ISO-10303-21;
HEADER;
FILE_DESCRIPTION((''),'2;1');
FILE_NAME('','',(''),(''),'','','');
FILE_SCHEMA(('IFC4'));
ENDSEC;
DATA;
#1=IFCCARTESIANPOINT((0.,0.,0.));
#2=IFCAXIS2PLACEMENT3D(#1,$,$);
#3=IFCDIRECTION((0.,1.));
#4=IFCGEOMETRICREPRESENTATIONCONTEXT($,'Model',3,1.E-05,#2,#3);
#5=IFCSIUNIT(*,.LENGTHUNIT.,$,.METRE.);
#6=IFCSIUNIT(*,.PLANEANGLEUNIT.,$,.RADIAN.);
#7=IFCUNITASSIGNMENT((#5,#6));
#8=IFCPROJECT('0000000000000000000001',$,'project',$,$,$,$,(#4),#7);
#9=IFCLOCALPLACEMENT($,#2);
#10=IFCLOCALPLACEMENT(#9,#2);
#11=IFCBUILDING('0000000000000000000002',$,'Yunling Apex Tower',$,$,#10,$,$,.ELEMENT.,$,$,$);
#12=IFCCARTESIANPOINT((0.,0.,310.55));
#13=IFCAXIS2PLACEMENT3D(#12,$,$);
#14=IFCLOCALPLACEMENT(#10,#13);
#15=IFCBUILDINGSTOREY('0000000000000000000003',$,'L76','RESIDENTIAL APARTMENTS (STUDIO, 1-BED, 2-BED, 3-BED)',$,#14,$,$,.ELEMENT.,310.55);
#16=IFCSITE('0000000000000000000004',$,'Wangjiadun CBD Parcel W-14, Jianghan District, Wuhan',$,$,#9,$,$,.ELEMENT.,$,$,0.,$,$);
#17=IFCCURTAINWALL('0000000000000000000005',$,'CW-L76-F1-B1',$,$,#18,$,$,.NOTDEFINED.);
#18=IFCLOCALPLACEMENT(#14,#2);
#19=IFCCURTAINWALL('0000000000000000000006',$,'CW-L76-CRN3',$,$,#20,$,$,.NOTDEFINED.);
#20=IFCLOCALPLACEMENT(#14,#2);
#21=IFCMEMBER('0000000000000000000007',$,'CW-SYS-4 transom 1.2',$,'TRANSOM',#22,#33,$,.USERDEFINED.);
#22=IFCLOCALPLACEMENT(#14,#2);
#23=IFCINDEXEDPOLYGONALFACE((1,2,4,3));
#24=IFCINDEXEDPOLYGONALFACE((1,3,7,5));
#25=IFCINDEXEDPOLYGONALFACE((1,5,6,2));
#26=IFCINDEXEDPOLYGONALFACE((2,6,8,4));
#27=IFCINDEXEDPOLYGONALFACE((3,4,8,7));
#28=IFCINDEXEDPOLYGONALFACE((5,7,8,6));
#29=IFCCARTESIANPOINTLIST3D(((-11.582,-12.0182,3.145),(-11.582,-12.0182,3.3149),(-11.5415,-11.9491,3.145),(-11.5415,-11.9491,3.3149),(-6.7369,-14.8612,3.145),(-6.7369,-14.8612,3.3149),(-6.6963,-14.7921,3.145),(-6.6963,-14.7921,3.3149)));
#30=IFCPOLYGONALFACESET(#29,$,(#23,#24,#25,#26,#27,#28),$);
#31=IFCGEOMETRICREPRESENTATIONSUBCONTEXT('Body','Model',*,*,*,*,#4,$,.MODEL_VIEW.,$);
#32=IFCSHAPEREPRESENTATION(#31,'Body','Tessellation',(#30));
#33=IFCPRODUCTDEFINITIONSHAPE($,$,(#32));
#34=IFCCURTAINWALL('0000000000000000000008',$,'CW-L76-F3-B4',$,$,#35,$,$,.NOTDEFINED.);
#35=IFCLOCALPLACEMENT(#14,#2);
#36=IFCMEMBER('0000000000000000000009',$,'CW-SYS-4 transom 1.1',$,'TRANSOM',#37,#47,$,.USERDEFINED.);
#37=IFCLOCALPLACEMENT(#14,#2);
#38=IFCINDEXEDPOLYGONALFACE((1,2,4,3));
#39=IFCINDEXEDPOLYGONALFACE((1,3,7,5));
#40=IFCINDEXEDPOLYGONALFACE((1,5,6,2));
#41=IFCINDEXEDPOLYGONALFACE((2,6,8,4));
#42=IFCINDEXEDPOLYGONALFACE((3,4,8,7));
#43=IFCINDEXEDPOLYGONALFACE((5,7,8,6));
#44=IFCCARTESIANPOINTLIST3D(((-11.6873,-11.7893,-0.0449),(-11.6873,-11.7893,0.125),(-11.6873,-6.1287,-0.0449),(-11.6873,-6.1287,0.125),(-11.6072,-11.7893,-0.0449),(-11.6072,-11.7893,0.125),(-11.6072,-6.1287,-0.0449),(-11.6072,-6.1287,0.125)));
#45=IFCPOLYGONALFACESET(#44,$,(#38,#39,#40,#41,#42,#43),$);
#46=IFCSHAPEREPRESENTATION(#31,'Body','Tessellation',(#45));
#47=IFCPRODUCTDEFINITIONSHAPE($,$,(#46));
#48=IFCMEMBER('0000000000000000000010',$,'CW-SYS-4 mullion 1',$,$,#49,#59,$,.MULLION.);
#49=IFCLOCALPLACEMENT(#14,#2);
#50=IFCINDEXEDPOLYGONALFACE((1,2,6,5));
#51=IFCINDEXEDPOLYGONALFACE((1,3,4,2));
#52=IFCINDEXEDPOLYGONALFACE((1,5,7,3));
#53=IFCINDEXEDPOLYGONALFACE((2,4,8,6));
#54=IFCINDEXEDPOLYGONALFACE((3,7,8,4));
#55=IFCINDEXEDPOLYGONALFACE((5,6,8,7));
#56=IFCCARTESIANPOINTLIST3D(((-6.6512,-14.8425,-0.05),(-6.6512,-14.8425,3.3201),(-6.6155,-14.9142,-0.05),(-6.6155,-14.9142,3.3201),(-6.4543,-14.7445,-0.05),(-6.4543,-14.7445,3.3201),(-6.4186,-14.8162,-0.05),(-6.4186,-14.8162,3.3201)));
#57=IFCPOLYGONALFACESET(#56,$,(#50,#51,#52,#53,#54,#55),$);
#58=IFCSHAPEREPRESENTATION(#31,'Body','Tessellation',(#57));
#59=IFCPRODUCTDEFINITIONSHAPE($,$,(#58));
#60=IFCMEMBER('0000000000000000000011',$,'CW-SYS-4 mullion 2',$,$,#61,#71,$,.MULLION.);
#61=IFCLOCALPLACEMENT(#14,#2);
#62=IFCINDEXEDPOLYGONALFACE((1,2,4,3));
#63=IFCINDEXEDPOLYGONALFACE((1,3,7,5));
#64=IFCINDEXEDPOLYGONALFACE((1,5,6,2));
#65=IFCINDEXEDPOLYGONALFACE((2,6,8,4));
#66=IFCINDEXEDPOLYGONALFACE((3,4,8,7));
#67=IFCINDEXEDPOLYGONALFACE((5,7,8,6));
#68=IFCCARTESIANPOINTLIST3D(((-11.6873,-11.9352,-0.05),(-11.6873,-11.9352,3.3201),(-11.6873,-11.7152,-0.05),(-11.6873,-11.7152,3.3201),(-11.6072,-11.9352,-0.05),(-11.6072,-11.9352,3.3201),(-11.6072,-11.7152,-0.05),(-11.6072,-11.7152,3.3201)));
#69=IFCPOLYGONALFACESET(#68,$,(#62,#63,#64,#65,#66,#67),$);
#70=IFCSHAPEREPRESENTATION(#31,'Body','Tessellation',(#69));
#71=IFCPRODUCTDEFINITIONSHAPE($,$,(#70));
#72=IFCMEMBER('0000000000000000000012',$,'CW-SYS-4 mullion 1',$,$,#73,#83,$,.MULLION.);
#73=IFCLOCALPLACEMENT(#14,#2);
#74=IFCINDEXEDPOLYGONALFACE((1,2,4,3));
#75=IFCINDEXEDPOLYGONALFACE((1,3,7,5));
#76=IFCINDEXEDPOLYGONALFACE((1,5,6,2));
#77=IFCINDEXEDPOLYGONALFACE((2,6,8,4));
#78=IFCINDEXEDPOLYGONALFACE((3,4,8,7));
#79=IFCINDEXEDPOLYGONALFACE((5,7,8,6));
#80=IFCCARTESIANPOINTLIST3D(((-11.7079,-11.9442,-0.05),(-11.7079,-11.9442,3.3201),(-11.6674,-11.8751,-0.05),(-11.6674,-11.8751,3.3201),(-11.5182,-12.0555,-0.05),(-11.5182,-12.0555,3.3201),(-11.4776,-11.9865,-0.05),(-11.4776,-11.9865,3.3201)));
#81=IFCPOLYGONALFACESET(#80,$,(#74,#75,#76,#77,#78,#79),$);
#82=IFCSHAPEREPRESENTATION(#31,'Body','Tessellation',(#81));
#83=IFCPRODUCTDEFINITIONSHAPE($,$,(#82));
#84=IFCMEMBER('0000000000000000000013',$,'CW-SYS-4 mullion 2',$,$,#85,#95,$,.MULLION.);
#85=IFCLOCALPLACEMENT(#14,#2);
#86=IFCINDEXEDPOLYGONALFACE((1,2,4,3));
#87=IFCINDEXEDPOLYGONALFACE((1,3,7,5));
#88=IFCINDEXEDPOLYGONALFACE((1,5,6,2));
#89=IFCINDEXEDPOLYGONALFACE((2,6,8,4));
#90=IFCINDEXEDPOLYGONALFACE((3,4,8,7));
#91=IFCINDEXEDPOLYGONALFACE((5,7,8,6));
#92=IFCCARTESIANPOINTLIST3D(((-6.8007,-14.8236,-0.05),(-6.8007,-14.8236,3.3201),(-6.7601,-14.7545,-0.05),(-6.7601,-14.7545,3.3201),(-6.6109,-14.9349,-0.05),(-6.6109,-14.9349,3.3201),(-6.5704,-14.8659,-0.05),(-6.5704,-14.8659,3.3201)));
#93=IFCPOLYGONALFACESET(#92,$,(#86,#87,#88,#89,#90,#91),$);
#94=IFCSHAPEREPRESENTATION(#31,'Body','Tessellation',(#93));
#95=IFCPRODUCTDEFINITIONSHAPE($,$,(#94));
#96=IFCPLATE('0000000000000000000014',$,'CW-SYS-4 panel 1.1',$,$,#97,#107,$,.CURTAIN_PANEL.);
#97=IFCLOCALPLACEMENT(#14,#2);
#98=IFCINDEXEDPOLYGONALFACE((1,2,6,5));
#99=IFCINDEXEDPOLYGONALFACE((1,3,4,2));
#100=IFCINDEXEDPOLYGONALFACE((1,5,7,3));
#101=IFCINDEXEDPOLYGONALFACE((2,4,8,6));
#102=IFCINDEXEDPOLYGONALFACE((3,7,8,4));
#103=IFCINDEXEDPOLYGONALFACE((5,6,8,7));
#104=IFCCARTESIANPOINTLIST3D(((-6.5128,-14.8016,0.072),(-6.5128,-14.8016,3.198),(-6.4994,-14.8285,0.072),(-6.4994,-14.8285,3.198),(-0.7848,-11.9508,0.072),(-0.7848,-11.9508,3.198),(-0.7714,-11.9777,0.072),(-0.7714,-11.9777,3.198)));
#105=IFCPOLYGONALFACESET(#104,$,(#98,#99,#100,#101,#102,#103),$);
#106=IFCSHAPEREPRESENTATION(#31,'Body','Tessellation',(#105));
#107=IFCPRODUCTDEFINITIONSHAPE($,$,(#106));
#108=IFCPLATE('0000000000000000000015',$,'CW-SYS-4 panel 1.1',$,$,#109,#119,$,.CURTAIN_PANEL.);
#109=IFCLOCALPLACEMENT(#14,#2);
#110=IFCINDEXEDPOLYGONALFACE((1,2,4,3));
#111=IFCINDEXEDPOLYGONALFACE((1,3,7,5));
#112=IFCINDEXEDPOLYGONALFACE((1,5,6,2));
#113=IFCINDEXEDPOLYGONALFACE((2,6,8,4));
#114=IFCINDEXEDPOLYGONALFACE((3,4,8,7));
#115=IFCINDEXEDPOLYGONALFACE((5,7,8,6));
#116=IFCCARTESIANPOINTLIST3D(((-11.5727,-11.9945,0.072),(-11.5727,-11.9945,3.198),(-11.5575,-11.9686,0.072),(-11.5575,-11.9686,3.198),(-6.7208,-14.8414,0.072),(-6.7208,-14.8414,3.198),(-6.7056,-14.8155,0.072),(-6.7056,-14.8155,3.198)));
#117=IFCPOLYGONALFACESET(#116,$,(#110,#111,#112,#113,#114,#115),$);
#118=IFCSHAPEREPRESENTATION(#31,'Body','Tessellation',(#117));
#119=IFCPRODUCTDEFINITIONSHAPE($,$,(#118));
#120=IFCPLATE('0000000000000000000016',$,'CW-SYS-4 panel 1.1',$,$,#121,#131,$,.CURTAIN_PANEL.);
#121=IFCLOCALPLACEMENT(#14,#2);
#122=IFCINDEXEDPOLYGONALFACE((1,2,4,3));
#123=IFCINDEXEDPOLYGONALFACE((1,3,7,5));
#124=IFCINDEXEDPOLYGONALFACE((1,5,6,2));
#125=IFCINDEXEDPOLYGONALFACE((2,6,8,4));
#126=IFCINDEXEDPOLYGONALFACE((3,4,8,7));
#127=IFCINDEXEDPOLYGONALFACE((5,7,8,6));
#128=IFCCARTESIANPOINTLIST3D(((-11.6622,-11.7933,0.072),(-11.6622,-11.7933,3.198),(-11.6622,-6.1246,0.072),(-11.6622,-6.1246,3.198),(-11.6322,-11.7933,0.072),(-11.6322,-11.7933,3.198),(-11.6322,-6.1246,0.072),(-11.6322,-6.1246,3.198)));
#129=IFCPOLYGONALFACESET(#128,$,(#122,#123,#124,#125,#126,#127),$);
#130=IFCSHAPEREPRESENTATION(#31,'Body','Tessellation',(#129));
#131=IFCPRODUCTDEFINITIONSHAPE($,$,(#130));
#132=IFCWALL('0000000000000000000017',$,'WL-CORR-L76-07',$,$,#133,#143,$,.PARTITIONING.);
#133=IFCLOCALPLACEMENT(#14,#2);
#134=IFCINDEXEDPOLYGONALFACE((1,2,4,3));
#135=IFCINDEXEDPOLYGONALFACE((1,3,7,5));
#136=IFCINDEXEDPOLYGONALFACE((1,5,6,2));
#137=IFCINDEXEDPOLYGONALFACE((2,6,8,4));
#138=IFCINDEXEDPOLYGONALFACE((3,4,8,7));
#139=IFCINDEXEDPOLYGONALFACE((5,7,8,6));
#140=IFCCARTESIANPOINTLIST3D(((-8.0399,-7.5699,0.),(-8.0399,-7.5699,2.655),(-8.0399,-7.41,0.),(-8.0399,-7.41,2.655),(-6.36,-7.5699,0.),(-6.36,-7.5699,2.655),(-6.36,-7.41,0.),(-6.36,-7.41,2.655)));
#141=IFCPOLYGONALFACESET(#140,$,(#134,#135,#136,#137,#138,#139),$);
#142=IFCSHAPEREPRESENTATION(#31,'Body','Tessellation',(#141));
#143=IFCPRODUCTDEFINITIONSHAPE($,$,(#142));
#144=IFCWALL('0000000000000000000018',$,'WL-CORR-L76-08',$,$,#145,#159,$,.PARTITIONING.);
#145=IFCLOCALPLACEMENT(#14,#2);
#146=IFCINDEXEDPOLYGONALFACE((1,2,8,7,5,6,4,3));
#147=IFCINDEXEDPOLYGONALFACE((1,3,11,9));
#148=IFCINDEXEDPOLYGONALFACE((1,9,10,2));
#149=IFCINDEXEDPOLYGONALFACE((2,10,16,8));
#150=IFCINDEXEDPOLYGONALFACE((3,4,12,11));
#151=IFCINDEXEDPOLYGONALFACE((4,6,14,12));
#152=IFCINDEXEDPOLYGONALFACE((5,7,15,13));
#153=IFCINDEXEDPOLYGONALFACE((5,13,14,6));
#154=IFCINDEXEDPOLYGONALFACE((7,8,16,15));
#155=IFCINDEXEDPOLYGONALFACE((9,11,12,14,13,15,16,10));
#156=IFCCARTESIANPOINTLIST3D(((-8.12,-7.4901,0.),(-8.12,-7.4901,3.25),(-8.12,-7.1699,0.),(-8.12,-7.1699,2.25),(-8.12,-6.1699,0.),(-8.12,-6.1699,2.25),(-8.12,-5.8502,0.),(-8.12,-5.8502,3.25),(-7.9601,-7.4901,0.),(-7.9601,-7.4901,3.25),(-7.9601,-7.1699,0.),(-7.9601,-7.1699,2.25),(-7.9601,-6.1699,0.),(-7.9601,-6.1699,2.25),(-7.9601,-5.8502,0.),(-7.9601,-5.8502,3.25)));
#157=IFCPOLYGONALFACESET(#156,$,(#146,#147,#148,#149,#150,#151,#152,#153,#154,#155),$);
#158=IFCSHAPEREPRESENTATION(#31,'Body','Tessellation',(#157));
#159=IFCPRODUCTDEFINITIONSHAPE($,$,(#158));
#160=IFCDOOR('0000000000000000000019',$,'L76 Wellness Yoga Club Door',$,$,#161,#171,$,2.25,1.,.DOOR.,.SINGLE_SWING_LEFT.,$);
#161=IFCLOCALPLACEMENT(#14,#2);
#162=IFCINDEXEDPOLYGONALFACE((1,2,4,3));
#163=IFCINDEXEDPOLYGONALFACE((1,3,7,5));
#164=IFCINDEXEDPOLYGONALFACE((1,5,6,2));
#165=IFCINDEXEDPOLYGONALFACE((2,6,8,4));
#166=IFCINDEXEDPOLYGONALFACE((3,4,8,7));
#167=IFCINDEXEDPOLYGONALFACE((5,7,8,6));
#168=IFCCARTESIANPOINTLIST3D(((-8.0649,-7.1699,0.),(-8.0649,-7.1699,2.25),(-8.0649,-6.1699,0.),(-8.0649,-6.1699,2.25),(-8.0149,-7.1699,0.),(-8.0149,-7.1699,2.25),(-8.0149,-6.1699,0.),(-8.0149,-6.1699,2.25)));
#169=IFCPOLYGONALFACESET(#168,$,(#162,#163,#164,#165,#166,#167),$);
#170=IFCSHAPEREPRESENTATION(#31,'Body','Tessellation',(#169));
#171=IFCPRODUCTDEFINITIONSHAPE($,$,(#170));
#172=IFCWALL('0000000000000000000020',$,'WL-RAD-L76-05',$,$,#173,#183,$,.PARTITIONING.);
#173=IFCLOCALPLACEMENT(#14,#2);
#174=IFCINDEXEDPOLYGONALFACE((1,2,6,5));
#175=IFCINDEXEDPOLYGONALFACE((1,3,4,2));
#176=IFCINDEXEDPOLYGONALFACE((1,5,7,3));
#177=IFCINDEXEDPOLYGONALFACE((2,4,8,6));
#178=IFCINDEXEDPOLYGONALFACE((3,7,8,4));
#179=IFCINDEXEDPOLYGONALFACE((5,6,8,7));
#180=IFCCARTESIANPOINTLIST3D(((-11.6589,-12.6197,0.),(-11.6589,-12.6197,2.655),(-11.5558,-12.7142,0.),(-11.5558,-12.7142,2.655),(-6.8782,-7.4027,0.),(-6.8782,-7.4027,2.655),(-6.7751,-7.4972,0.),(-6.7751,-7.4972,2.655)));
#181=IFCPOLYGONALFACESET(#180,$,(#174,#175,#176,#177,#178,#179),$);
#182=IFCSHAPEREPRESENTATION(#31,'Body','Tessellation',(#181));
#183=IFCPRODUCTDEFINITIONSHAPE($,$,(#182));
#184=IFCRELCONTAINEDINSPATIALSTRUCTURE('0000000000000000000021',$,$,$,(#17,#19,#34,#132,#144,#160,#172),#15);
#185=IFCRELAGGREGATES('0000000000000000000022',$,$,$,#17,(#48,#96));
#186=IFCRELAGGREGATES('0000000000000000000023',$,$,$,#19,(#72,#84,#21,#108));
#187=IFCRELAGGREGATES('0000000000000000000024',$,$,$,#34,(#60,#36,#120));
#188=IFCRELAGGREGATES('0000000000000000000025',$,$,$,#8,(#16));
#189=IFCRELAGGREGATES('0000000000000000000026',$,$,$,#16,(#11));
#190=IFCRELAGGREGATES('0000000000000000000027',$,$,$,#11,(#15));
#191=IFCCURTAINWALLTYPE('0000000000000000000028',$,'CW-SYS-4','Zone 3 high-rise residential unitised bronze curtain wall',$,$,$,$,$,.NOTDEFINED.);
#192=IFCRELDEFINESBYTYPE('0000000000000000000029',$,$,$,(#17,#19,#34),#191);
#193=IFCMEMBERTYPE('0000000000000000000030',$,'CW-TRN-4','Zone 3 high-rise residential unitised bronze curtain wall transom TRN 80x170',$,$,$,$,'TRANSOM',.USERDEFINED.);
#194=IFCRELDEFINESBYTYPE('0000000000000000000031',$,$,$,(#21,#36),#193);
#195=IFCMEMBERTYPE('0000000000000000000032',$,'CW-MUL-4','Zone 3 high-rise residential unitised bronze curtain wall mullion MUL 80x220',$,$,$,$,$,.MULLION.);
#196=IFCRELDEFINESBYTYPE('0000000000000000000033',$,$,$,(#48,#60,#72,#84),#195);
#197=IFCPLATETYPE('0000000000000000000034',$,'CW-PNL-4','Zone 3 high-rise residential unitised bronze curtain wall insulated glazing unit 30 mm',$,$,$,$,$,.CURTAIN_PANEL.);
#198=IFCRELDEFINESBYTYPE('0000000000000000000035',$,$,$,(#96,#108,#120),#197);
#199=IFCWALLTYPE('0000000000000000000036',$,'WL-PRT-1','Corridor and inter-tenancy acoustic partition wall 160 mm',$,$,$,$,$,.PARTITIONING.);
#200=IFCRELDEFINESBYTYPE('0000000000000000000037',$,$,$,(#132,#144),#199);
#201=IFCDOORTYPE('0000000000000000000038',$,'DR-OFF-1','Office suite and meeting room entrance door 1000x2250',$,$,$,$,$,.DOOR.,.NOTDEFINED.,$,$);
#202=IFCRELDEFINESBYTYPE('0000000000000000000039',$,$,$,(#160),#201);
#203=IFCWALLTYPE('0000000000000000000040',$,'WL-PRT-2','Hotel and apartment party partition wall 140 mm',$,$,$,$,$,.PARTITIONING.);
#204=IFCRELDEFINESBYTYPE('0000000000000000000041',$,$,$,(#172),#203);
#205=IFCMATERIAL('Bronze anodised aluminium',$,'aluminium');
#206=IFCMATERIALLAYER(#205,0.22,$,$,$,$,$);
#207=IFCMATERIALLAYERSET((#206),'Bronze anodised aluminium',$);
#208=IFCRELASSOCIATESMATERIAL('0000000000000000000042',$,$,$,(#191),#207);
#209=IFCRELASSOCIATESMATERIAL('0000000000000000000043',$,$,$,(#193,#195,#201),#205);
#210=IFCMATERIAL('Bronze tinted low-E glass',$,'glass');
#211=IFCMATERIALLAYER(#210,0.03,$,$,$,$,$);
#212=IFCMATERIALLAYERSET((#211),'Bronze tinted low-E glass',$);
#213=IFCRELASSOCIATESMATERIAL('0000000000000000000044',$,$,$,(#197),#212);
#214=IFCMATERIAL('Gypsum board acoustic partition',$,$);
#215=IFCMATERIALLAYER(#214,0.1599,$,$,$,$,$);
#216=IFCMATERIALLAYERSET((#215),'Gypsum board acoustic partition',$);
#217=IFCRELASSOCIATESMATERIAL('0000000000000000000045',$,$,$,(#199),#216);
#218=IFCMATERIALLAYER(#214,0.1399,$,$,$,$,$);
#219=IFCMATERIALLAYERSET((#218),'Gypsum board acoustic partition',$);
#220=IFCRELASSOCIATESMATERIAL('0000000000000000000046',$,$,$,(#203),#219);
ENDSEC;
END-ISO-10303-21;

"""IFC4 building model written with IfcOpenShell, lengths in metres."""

from ifc_helpers import new_model, si_unit, direction, frame, frame_2d, origin, origin_2d, place, context, subcontext, project, spatial, rectangle, extrude, source, transform, mapped, material, layer, layer_set, material_profile, profile_set, type_object, element, fill, aggregate, save


model = new_model("IFC4")

# Units and contexts
model_context = context("Model", 3, precision=1e-05, world=origin(), true_north=direction((0.0, 1.0)))
body_context = subcontext(model_context, "Body", "Model", "MODEL_VIEW")
ifc_project = project(units=[si_unit("LENGTHUNIT", "METRE"), si_unit("PLANEANGLEUNIT", "RADIAN")], contexts=[model_context])

# Site, building, storey
site_placement = place(None, origin())
site = spatial("IfcSite", under=ifc_project, at=site_placement, Name="Wangjiadun CBD Parcel W-14, Jianghan District, Wuhan", CompositionType="ELEMENT", RefElevation=0.0)
building_placement = place(site_placement, origin())
building = spatial("IfcBuilding", under=site, at=building_placement, Name="Yunling Apex Tower", CompositionType="ELEMENT")
storey_placement = place(building_placement, frame((0.0, 0.0, 310.55)))
storey = spatial("IfcBuildingStorey", under=building, at=storey_placement, Name="L76", Description="RESIDENTIAL APARTMENTS (STUDIO, 1-BED, 2-BED, 3-BED)", CompositionType="ELEMENT", Elevation=310.55)

# Curtain walls, member
ifc_material_1 = material(Name="Bronze anodised aluminium", Category="aluminium")
ifc_layer_1 = layer(ifc_material_1, 0.22)
ifc_layer_set_1 = layer_set([ifc_layer_1], Name="Bronze anodised aluminium")
curtain_wall_type = type_object("IfcCurtainWallType", Name="CW-SYS-4", Description="Zone 3 high-rise residential unitised bronze curtain wall", PredefinedType="NOTDEFINED", material=ifc_layer_set_1)
curtain_wall_1_placement = place(storey_placement, origin())
curtain_wall_1 = element("IfcCurtainWall", 1, at=curtain_wall_1_placement, inside=storey, type_object=curtain_wall_type, Name="CW-L76-F1-B1", PredefinedType="NOTDEFINED")
ifc_material_profile_1 = material_profile(ifc_material_1, rectangle(XDim=0.0801, YDim=0.1699, at=origin_2d()))
ifc_profile_set_1 = profile_set([ifc_material_profile_1], Name="Bronze anodised aluminium")
member_type_1 = type_object("IfcMemberType", Name="CW-TRN-4", Description="Zone 3 high-rise residential unitised bronze curtain wall transom TRN 80x170", ElementType="TRANSOM", PredefinedType="USERDEFINED", material=ifc_profile_set_1)
curtain_wall_2_placement = place(storey_placement, origin())
curtain_wall_2 = element("IfcCurtainWall", 2, at=curtain_wall_2_placement, inside=storey, type_object=curtain_wall_type, Name="CW-L76-CRN3", PredefinedType="NOTDEFINED")
shared_shape_1 = source(origin(), body_context, "Body", "SweptSolid", [
    extrude(rectangle(XDim=0.0801, YDim=0.1699, at=origin_2d()), origin(), (0.0, 0.0, 1.0), 5.6177),
])
member_1_placement = place(storey_placement, frame((-11.5618, -11.9836, 3.23), z_axis=(0.862487, -0.50608, 0.0), x_axis=(0.50608, 0.862487, 0.0)))
member_1 = element("IfcMember", 3, at=member_1_placement, type_object=member_type_1, Name="CW-SYS-4 transom 1.2", ObjectType="TRANSOM", PredefinedType="USERDEFINED", context=body_context, shape_type="MappedRepresentation", body=[
    mapped(shared_shape_1, transform((0.0, 0.0, 0.0), scale=1.0)),
])

# Curtain wall, member
curtain_wall_3_placement = place(storey_placement, origin())
curtain_wall_3 = element("IfcCurtainWall", 4, at=curtain_wall_3_placement, inside=storey, type_object=curtain_wall_type, Name="CW-L76-F3-B4", PredefinedType="NOTDEFINED")
shared_shape_2 = source(origin(), body_context, "Body", "SweptSolid", [
    extrude(rectangle(XDim=0.0801, YDim=0.1699, at=origin_2d()), origin(), (0.0, 0.0, 1.0), 5.6606),
])
member_2_placement = place(storey_placement, frame((-11.6472, -6.1287, 0.04), z_axis=(0.0, -1.0, 0.0), x_axis=(1.0, 0.0, 0.0)))
member_2 = element("IfcMember", 5, at=member_2_placement, type_object=member_type_1, Name="CW-SYS-4 transom 1.1", ObjectType="TRANSOM", PredefinedType="USERDEFINED", context=body_context, shape_type="MappedRepresentation", body=[
    mapped(shared_shape_2, transform((0.0, 0.0, 0.0), scale=1.0)),
])

# Members
ifc_material_profile_2 = material_profile(ifc_material_1, rectangle(XDim=0.0801, YDim=0.22, at=origin_2d()))
ifc_profile_set_2 = profile_set([ifc_material_profile_2], Name="Bronze anodised aluminium")
member_type_2 = type_object("IfcMemberType", Name="CW-MUL-4", Description="Zone 3 high-rise residential unitised bronze curtain wall mullion MUL 80x220", PredefinedType="MULLION", material=ifc_profile_set_2)
shared_shape_3 = source(origin(), body_context, "Body", "SweptSolid", [
    extrude(rectangle(XDim=0.0801, YDim=0.22, at=origin_2d()), origin(), (0.0, 0.0, 1.0), 3.3701),
])
member_3_placement = place(storey_placement, frame((-6.5349, -14.8293, -0.05), z_axis=(0.0, 0.0, 1.0), x_axis=(-0.445568, 0.895248, 0.0)))
member_3 = element("IfcMember", 6, at=member_3_placement, type_object=member_type_2, Name="CW-SYS-4 mullion 1", PredefinedType="MULLION", context=body_context, shape_type="MappedRepresentation", body=[
    mapped(shared_shape_3, transform((0.0, 0.0, 0.0), scale=1.0)),
])
member_4_placement = place(storey_placement, frame((-11.6472, -11.8252, -0.05), z_axis=(0.0, 0.0, 1.0), x_axis=(1.0, 0.0, 0.0)))
member_4 = element("IfcMember", 7, at=member_4_placement, type_object=member_type_2, Name="CW-SYS-4 mullion 2", PredefinedType="MULLION", context=body_context, shape_type="MappedRepresentation", body=[
    mapped(shared_shape_3, transform((0.0, 0.0, 0.0), scale=1.0)),
])
member_5_placement = place(storey_placement, frame((-11.5928, -11.9653, -0.05), z_axis=(0.0, 0.0, 1.0), x_axis=(0.50607, 0.862492, 0.0)))
member_5 = element("IfcMember", 8, at=member_5_placement, type_object=member_type_2, Name="CW-SYS-4 mullion 1", PredefinedType="MULLION", context=body_context, shape_type="MappedRepresentation", body=[
    mapped(shared_shape_3, transform((0.0, 0.0, 0.0), scale=1.0)),
])
member_6_placement = place(storey_placement, frame((-6.6855, -14.8447, -0.05), z_axis=(0.0, 0.0, 1.0), x_axis=(0.50607, 0.862492, 0.0)))
member_6 = element("IfcMember", 9, at=member_6_placement, type_object=member_type_2, Name="CW-SYS-4 mullion 2", PredefinedType="MULLION", context=body_context, shape_type="MappedRepresentation", body=[
    mapped(shared_shape_3, transform((0.0, 0.0, 0.0), scale=1.0)),
])

# Plates
ifc_material_2 = material(Name="Bronze tinted low-E glass", Category="glass")
ifc_layer_2 = layer(ifc_material_2, 0.03)
ifc_layer_set_2 = layer_set([ifc_layer_2], Name="Bronze tinted low-E glass")
plate_type = type_object("IfcPlateType", Name="CW-PNL-4", Description="Zone 3 high-rise residential unitised bronze curtain wall insulated glazing unit 30 mm", PredefinedType="CURTAIN_PANEL", material=ifc_layer_set_2)
shared_shape_4 = source(origin(), body_context, "Body", "SweptSolid", [
    extrude(rectangle(XDim=6.3982, YDim=0.03, at=origin_2d()), origin(), (0.0, 0.0, 1.0), 3.126),
])
plate_1_placement = place(storey_placement, frame((-3.6421, -13.3896, 0.072), z_axis=(0.0, 0.0, 1.0), x_axis=(0.895248, 0.445568, 0.0)))
plate_1 = element("IfcPlate", 10, at=plate_1_placement, type_object=plate_type, Name="CW-SYS-4 panel 1.1", PredefinedType="CURTAIN_PANEL", context=body_context, shape_type="MappedRepresentation", body=[
    mapped(shared_shape_4, transform((0.0, 0.0, 0.0), scale=1.0)),
])
aggregate(curtain_wall_1, [member_3, plate_1])
shared_shape_5 = source(origin(), body_context, "Body", "SweptSolid", [
    extrude(rectangle(XDim=5.6255, YDim=0.03, at=origin_2d()), origin(), (0.0, 0.0, 1.0), 3.126),
])
plate_2_placement = place(storey_placement, frame((-9.1392, -13.405, 0.072), z_axis=(0.0, 0.0, 1.0), x_axis=(0.862492, -0.50607, 0.0)))
plate_2 = element("IfcPlate", 11, at=plate_2_placement, type_object=plate_type, Name="CW-SYS-4 panel 1.1", PredefinedType="CURTAIN_PANEL", context=body_context, shape_type="MappedRepresentation", body=[
    mapped(shared_shape_5, transform((0.0, 0.0, 0.0), scale=1.0)),
])
aggregate(curtain_wall_2, [member_5, member_6, member_1, plate_2])
shared_shape_6 = source(origin(), body_context, "Body", "SweptSolid", [
    extrude(rectangle(XDim=5.6687, YDim=0.03, at=origin_2d()), origin(), (0.0, 0.0, 1.0), 3.126),
])
plate_3_placement = place(storey_placement, frame((-11.6472, -8.959, 0.072), z_axis=(0.0, 0.0, 1.0), x_axis=(0.0, -1.0, 0.0)))
plate_3 = element("IfcPlate", 12, at=plate_3_placement, type_object=plate_type, Name="CW-SYS-4 panel 1.1", PredefinedType="CURTAIN_PANEL", context=body_context, shape_type="MappedRepresentation", body=[
    mapped(shared_shape_6, transform((0.0, 0.0, 0.0), scale=1.0)),
])
aggregate(curtain_wall_3, [member_4, member_2, plate_3])

# Wall
ifc_material_3 = material(Name="Gypsum board acoustic partition")
ifc_layer_3 = layer(ifc_material_3, 0.1599)
ifc_layer_set_3 = layer_set([ifc_layer_3], Name="Gypsum board acoustic partition")
wall_type_1 = type_object("IfcWallType", Name="WL-PRT-1", Description="Corridor and inter-tenancy acoustic partition wall 160 mm", PredefinedType="PARTITIONING", material=ifc_layer_set_3)
wall_1_placement = place(storey_placement, frame((-6.3601, -7.49, 0.0), z_axis=(0.0, 0.0, 1.0), x_axis=(-1.0, 0.0, 0.0)))
element("IfcWall", 13, at=wall_1_placement, inside=storey, type_object=wall_type_1, Name="WL-CORR-L76-07", PredefinedType="PARTITIONING", context=body_context, shape_type="SweptSolid", body=[
    extrude(rectangle(XDim=1.6799, YDim=0.1599, at=frame_2d((0.8398, 0.0))), origin(), (0.0, 0.0, 1.0), 2.655),
])

# Wall, opening, door
wall_2_placement = place(storey_placement, frame((-8.04, -7.49, 0.0), z_axis=(0.0, 0.0, 1.0), x_axis=(0.0, 1.0, 0.0)))
wall_2 = element("IfcWall", 14, at=wall_2_placement, inside=storey, type_object=wall_type_1, Name="WL-CORR-L76-08", PredefinedType="PARTITIONING", context=body_context, shape_type="SweptSolid", body=[
    extrude(rectangle(XDim=1.6399, YDim=0.1599, at=frame_2d((0.8198, 0.0))), origin(), (0.0, 0.0, 1.0), 3.25),
])
opening_placement = place(wall_2_placement, frame((0.3201, 0.0, 0.0)))
opening = element("IfcOpeningElement", 15, at=opening_placement, cuts=wall_2, PredefinedType="OPENING", context=body_context, shape_type="SweptSolid", body=[
    extrude(rectangle(XDim=1.0, YDim=2.25, at=frame_2d((0.5, 1.125))), frame((0.0, 0.0898, 0.0), z_axis=(0.0, -1.0, 0.0), x_axis=(1.0, 0.0, 0.0)), (0.0, 0.0, 1.0), 0.1799),
])
door_type = type_object("IfcDoorType", Name="DR-OFF-1", Description="Office suite and meeting room entrance door 1000x2250", OperationType="NOTDEFINED", PredefinedType="DOOR", material=ifc_material_1)
door_placement = place(opening_placement, origin())
door = element("IfcDoor", 16, at=door_placement, inside=storey, type_object=door_type, Name="L76 Wellness Yoga Club Door", OperationType="SINGLE_SWING_LEFT", OverallHeight=2.25, OverallWidth=1.0, PredefinedType="DOOR", context=body_context, shape_type="SweptSolid", body=[
    extrude(rectangle(XDim=1.0, YDim=2.25, at=frame_2d((0.5, 1.125))), frame((0.0, 0.0249, 0.0), z_axis=(0.0, -1.0, 0.0), x_axis=(1.0, 0.0, 0.0)), (0.0, 0.0, 1.0), 0.05),
])
fill(opening, door)

# Wall
ifc_layer_4 = layer(ifc_material_3, 0.1399)
ifc_layer_set_4 = layer_set([ifc_layer_4], Name="Gypsum board acoustic partition")
wall_type_2 = type_object("IfcWallType", Name="WL-PRT-2", Description="Hotel and apartment party partition wall 140 mm", PredefinedType="PARTITIONING", material=ifc_layer_set_4)
wall_3_placement = place(storey_placement, frame((-6.8267, -7.45, 0.0), z_axis=(0.0, 0.0, 1.0), x_axis=(-0.675607, -0.737262, 0.0)))
element("IfcWall", 17, at=wall_3_placement, inside=storey, type_object=wall_type_2, Name="WL-RAD-L76-05", PredefinedType="PARTITIONING", context=body_context, shape_type="SweptSolid", body=[
    extrude(rectangle(XDim=7.0762, YDim=0.1399, at=frame_2d((3.5381, 0.0))), origin(), (0.0, 0.0, 1.0), 2.655),
])

save(model, "model.ifc")
